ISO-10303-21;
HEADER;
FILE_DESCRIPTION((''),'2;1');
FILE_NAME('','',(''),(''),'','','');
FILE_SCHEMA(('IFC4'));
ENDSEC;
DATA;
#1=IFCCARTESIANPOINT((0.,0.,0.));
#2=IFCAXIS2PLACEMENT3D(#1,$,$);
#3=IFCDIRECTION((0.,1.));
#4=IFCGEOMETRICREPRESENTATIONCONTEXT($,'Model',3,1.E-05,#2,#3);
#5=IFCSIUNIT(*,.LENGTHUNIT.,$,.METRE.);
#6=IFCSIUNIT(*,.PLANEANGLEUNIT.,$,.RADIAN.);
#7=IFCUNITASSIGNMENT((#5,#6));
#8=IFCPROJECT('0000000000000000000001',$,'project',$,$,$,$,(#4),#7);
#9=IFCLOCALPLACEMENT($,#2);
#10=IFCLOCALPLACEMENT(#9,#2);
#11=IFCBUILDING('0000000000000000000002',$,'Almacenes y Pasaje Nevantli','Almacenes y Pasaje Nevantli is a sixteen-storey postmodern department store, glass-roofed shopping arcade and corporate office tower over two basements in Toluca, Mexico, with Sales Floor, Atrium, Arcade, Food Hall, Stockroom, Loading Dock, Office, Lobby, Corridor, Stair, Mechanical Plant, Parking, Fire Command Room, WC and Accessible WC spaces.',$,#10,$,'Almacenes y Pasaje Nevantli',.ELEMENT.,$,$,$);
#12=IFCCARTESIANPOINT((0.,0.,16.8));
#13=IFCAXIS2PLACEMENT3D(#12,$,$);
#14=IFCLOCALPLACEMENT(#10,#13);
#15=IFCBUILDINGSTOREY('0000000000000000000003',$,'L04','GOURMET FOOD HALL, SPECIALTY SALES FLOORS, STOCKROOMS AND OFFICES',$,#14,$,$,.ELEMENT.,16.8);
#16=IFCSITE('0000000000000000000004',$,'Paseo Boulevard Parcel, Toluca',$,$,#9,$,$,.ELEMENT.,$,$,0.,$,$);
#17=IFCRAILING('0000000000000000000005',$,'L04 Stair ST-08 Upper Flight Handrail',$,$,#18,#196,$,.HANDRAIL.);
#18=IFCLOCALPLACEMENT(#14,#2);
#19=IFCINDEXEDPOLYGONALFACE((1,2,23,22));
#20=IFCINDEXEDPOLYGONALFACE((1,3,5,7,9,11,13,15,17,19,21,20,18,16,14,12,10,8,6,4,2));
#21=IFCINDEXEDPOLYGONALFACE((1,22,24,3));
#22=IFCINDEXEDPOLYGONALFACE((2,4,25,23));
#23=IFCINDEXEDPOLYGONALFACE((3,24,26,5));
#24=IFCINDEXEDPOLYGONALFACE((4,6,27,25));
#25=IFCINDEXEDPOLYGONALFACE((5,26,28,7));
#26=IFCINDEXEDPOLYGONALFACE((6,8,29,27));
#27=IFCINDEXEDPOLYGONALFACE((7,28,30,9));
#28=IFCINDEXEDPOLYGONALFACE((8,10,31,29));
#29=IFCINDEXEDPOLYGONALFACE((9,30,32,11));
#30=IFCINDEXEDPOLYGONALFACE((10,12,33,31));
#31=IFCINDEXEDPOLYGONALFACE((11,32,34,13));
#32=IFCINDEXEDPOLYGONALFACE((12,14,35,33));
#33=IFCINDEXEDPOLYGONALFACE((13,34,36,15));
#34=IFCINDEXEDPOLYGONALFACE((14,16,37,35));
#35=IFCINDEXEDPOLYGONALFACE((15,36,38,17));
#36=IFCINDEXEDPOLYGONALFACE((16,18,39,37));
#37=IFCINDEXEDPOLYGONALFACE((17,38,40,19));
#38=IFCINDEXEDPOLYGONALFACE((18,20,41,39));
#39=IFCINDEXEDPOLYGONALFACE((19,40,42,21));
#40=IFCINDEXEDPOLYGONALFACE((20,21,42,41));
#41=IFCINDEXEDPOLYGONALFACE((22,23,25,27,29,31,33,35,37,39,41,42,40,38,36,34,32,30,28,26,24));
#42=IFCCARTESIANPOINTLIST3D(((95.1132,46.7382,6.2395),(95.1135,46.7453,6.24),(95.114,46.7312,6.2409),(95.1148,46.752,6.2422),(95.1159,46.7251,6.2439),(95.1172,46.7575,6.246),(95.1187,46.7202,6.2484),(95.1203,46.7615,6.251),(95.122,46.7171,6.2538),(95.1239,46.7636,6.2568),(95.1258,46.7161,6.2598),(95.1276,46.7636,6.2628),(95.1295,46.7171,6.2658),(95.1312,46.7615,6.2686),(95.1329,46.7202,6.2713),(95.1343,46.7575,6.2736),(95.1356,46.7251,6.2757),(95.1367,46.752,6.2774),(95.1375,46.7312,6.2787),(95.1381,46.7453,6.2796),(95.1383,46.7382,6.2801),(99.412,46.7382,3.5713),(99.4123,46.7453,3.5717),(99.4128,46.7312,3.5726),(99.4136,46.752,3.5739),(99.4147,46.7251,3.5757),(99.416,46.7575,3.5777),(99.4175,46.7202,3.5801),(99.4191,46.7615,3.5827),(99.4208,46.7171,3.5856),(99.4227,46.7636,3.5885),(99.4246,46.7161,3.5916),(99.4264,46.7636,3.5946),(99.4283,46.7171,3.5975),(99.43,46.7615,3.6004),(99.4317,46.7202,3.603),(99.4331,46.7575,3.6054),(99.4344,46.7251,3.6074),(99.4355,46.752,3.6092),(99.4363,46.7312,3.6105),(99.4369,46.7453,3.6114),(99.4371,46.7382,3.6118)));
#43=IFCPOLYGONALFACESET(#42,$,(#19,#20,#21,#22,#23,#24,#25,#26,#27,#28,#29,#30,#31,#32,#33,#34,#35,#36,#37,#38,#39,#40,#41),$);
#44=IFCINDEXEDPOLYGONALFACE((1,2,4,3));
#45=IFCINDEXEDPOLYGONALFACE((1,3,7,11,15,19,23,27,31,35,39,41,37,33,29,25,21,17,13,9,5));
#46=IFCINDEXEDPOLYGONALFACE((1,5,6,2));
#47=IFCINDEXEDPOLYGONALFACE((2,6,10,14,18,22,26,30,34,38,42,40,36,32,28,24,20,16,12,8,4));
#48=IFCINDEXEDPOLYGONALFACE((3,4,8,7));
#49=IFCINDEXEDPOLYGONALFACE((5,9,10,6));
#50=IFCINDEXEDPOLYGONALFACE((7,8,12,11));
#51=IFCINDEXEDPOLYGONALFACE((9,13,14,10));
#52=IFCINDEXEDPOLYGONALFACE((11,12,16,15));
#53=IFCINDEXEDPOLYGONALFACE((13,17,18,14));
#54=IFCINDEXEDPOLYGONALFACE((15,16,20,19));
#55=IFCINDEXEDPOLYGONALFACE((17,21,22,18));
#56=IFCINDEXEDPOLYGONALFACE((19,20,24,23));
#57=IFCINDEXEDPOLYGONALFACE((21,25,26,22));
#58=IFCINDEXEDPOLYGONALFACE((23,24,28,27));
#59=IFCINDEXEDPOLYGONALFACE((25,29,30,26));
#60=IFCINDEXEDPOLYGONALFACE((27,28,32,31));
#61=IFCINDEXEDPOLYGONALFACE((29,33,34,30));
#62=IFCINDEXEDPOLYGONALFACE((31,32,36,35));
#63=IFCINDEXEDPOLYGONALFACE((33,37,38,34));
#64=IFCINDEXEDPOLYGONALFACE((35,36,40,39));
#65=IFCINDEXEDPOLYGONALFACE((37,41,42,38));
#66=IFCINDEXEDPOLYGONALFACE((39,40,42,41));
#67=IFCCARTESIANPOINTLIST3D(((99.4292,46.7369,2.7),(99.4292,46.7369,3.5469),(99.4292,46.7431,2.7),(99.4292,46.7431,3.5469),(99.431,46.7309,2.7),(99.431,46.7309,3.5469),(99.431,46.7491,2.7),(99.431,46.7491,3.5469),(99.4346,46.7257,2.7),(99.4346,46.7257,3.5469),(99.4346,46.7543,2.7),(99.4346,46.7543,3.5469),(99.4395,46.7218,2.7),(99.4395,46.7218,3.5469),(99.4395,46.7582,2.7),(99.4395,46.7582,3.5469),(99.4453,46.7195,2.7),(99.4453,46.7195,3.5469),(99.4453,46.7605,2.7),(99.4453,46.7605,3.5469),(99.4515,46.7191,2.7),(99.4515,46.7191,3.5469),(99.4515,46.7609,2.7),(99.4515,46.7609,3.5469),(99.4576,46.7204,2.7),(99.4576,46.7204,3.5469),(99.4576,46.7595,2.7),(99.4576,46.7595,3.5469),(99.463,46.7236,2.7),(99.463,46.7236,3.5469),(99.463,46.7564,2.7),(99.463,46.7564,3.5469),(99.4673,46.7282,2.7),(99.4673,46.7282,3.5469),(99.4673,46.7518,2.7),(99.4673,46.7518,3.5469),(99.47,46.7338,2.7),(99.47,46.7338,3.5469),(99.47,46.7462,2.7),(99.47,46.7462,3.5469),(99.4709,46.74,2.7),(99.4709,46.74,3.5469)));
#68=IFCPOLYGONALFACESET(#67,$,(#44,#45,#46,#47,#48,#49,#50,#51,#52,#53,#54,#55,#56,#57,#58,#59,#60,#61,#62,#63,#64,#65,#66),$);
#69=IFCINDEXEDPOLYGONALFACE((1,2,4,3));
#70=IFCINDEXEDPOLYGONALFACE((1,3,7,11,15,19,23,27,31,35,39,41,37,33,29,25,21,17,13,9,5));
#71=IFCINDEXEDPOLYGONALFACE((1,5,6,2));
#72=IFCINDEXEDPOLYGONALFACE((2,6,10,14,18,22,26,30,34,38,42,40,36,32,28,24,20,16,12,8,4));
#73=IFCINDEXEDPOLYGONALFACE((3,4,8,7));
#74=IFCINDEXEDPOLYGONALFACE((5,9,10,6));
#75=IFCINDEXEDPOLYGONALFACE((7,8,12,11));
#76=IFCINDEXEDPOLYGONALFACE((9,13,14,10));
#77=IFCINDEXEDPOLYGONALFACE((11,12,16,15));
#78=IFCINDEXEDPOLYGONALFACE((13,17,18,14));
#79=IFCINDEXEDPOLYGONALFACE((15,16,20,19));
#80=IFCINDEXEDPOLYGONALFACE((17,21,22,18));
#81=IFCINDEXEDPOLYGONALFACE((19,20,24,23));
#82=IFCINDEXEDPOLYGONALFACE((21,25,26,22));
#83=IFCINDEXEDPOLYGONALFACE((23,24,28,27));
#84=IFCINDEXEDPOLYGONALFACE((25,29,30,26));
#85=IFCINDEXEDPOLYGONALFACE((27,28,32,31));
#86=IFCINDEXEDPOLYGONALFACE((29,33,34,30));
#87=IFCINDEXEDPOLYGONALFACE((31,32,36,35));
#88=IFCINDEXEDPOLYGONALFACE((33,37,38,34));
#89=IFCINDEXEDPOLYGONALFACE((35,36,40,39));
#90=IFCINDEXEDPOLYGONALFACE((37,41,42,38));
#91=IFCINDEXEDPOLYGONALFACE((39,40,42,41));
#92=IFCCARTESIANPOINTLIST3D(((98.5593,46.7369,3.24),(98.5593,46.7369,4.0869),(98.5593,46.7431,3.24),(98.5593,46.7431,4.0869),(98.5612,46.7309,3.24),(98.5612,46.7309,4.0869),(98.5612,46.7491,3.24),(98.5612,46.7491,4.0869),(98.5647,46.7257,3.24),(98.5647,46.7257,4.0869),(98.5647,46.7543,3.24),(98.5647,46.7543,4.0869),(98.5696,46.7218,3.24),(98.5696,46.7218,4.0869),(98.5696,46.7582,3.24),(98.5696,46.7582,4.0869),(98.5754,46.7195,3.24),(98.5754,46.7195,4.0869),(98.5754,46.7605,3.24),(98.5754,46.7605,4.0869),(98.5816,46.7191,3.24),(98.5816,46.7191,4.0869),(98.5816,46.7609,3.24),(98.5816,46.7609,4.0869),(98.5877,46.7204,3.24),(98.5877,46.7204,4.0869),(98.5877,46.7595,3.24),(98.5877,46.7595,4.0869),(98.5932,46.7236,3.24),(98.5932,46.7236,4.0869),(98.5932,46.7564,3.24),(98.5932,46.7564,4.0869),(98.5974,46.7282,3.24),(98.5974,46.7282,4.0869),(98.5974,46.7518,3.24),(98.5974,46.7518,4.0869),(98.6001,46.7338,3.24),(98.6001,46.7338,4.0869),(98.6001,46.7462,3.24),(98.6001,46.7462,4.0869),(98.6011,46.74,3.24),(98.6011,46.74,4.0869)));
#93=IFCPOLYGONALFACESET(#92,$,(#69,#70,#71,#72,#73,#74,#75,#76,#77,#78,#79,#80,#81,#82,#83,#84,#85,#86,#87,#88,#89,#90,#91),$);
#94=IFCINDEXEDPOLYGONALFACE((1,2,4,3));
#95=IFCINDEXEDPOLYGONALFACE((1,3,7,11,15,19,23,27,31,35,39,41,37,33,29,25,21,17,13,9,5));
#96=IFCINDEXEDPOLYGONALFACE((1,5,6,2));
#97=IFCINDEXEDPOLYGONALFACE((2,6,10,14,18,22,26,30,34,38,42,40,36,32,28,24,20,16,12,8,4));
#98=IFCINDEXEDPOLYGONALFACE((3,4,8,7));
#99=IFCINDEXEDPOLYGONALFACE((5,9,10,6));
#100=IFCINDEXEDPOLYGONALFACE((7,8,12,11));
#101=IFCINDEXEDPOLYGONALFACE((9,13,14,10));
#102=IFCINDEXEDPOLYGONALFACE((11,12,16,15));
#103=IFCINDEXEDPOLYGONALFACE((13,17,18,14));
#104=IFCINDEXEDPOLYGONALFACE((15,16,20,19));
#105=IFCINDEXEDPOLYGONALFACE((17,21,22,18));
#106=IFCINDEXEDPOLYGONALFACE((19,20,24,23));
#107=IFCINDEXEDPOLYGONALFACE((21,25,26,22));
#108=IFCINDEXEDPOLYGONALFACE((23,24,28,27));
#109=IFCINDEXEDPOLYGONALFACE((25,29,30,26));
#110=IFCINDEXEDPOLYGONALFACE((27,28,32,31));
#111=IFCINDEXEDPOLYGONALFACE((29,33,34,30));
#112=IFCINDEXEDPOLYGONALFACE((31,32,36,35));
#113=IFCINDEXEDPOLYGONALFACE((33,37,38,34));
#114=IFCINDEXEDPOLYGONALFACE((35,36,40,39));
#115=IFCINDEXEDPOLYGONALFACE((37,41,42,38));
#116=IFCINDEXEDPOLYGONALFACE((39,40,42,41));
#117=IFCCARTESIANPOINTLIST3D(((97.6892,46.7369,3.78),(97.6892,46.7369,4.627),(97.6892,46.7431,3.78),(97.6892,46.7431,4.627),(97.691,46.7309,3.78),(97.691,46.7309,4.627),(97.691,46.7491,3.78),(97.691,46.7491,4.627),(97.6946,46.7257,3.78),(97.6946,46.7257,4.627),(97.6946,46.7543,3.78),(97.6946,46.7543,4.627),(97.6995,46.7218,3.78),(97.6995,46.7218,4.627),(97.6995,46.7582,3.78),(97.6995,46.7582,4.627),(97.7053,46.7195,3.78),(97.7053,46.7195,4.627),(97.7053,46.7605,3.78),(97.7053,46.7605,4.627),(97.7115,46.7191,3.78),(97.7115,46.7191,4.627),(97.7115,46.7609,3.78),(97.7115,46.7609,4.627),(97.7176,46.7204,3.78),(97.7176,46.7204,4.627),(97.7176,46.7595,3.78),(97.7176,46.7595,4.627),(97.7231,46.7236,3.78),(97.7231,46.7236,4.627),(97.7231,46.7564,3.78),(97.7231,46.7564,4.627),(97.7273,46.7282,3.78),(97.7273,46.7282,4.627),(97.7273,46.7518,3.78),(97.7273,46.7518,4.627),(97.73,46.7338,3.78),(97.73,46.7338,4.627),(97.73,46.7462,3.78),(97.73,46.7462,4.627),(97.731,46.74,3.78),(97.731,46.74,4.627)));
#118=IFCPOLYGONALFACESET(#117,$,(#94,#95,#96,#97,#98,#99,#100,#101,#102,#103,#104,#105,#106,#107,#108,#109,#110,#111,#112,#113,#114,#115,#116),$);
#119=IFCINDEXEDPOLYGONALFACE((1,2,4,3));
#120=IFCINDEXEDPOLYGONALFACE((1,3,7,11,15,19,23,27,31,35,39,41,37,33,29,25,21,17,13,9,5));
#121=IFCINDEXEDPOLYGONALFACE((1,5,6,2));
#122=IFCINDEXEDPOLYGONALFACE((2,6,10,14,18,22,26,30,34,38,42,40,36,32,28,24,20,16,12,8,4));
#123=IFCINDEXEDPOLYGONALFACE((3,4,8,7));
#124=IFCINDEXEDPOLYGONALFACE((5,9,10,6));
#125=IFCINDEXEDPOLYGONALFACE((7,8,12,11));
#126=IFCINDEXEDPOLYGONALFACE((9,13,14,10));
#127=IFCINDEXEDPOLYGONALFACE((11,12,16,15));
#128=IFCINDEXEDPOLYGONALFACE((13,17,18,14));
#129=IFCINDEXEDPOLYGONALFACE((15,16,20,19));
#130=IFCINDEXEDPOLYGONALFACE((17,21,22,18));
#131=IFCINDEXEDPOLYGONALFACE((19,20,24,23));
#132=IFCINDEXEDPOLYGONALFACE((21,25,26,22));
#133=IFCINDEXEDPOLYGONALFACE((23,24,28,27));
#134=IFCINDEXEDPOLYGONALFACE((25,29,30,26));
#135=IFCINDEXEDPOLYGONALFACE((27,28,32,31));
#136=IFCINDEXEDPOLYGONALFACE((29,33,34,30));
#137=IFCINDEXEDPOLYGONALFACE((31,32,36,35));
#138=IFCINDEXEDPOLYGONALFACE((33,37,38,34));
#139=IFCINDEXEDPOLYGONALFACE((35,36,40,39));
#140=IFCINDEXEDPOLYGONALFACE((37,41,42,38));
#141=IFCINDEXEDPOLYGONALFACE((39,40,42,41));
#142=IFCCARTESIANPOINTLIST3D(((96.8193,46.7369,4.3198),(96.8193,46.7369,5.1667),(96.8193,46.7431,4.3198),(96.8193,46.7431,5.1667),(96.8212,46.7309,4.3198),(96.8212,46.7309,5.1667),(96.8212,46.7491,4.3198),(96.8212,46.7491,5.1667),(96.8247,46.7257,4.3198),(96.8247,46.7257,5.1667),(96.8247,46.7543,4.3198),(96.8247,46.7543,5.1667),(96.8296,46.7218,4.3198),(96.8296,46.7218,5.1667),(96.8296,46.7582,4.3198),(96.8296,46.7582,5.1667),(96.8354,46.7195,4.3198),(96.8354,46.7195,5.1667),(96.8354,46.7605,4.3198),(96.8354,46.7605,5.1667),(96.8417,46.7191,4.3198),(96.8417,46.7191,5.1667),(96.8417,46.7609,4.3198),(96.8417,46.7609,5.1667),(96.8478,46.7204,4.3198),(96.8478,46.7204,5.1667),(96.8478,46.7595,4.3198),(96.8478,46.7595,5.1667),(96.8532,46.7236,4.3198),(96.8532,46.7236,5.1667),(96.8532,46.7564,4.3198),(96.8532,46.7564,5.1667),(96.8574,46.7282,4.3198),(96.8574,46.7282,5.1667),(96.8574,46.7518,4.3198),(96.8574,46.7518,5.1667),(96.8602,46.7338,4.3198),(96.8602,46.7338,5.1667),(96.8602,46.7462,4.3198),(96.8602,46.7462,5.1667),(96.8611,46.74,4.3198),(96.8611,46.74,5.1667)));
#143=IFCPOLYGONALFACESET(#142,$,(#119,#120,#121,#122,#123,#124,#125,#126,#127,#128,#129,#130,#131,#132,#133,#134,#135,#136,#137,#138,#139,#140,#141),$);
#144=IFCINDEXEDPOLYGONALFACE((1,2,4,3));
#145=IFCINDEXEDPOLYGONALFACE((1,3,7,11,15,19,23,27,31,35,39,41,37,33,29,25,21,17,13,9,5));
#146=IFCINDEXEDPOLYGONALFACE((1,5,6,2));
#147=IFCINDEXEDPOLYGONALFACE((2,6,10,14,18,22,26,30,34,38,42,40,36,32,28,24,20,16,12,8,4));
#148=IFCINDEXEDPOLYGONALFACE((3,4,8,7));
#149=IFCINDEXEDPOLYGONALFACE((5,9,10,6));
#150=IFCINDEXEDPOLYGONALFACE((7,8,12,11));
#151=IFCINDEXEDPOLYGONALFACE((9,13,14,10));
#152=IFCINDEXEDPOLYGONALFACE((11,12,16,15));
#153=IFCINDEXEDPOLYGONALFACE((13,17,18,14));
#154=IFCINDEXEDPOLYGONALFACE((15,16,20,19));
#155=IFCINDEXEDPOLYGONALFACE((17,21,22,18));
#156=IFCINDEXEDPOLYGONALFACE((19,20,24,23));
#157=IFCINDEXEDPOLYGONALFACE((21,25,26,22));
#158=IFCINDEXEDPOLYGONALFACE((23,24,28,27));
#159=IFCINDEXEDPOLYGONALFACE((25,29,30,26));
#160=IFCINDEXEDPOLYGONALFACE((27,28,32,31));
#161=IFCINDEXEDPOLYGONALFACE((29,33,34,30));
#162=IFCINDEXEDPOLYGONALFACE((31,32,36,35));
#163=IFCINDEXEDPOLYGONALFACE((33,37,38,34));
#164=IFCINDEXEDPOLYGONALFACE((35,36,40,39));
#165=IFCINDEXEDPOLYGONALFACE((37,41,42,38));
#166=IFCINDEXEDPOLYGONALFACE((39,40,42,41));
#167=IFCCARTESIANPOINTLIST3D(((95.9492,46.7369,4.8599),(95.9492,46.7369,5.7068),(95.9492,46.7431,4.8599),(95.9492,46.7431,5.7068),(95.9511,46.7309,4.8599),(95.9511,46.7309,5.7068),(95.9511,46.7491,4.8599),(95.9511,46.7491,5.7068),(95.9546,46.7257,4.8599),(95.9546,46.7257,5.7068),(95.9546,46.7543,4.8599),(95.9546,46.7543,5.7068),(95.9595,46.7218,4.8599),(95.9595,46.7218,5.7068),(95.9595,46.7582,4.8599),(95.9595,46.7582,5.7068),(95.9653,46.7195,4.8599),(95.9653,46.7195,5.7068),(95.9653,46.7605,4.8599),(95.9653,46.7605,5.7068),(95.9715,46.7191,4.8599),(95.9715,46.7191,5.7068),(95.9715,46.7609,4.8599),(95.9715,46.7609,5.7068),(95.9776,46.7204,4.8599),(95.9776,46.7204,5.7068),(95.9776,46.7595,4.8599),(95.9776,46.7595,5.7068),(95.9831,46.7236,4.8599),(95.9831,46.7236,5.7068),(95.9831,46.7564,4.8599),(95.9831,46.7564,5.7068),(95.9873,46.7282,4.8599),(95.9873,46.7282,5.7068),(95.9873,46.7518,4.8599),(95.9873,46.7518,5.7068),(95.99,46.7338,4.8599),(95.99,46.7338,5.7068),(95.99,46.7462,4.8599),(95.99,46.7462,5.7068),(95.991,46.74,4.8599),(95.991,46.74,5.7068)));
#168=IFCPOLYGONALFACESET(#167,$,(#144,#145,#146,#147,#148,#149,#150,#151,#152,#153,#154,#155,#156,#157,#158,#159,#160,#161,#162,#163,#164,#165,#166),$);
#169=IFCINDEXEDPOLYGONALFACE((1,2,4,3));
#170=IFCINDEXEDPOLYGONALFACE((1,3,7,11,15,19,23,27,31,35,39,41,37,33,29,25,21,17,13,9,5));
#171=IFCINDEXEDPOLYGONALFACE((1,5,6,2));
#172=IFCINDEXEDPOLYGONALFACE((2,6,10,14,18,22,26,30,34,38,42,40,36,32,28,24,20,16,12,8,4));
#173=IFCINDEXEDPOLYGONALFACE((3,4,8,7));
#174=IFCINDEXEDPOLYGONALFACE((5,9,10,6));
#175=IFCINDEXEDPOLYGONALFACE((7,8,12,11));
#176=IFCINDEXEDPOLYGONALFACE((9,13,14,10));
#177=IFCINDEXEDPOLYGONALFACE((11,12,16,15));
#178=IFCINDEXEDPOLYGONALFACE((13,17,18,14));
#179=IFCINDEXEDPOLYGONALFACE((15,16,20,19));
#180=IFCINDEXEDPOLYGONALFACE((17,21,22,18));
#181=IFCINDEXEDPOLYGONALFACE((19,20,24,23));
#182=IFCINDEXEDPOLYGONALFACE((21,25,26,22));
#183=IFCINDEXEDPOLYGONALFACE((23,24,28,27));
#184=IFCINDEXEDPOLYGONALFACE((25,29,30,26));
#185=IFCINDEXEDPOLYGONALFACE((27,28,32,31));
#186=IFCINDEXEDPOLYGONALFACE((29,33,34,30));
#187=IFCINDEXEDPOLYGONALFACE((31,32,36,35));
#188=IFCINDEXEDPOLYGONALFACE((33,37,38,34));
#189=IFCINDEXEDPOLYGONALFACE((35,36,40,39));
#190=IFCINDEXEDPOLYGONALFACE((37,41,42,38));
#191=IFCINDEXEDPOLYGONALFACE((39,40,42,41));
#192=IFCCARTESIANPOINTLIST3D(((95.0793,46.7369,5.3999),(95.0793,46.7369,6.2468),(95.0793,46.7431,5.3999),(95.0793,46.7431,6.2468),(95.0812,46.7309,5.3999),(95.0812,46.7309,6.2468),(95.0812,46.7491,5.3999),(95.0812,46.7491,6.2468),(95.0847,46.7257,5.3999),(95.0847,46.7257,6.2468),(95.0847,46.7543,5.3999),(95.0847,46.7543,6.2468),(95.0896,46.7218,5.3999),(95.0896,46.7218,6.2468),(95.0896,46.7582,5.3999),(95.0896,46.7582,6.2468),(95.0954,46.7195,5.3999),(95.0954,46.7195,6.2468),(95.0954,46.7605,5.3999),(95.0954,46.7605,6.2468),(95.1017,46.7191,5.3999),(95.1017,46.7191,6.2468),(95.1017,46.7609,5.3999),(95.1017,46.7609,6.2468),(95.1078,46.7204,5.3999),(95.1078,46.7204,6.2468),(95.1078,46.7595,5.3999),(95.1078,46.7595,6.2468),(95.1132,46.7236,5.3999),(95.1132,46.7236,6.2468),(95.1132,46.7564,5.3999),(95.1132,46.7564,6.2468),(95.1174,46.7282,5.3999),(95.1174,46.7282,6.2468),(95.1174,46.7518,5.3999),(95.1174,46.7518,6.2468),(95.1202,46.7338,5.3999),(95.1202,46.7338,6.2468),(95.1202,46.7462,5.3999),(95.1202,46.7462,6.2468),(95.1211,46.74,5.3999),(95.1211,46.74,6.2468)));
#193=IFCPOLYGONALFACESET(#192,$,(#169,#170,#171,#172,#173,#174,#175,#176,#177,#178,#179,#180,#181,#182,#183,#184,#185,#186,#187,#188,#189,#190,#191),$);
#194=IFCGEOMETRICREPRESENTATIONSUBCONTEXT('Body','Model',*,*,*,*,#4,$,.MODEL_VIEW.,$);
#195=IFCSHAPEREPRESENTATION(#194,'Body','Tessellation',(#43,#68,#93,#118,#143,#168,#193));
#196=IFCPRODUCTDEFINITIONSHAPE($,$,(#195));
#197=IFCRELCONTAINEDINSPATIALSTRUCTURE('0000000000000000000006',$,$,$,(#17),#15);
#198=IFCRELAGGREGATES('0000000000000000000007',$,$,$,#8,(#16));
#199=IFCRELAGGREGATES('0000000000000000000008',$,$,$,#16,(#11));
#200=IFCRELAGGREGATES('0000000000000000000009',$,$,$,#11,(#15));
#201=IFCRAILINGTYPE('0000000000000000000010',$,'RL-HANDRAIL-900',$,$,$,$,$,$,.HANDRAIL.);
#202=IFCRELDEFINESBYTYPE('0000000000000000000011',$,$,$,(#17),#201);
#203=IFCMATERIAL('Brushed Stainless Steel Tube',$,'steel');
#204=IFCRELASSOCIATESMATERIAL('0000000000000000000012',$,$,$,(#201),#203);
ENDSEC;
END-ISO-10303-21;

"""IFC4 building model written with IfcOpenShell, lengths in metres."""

from ifc_helpers import new_model, si_unit, direction, frame, origin, origin_2d, place, context, subcontext, project, spatial, circle, extrude, material, type_object, element, save


model = new_model("IFC4")

# Units and contexts
model_context = context("Model", 3, precision=1e-05, world=origin(), true_north=direction((0.0, 1.0)))
body_context = subcontext(model_context, "Body", "Model", "MODEL_VIEW")
ifc_project = project(units=[si_unit("LENGTHUNIT", "METRE"), si_unit("PLANEANGLEUNIT", "RADIAN")], contexts=[model_context])

# Site, building, storey
site_placement = place(None, origin())
site = spatial("IfcSite", under=ifc_project, at=site_placement, Name="Paseo Boulevard Parcel, Toluca", CompositionType="ELEMENT", RefElevation=0.0)
building_placement = place(site_placement, origin())
building = spatial("IfcBuilding", under=site, at=building_placement, Name="Almacenes y Pasaje Nevantli", Description="Almacenes y Pasaje Nevantli is a sixteen-storey postmodern department store, glass-roofed shopping arcade and corporate office tower over two basements in Toluca, Mexico, with Sales Floor, Atrium, Arcade, Food Hall, Stockroom, Loading Dock, Office, Lobby, Corridor, Stair, Mechanical Plant, Parking, Fire Command Room, WC and Accessible WC spaces.", LongName="Almacenes y Pasaje Nevantli", CompositionType="ELEMENT")
storey_placement = place(building_placement, frame((0.0, 0.0, 16.8)))
storey = spatial("IfcBuildingStorey", under=building, at=storey_placement, Name="L04", Description="GOURMET FOOD HALL, SPECIALTY SALES FLOORS, STOCKROOMS AND OFFICES", CompositionType="ELEMENT", Elevation=16.8)

# Railing
ifc_material_1 = material(Name="Brushed Stainless Steel Tube", Category="steel")
railing_type_1 = type_object("IfcRailingType", Name="RL-HANDRAIL-900", PredefinedType="HANDRAIL", material=ifc_material_1)
railing_1_placement = place(storey_placement, frame((99.45, 46.74, 2.7)))
element("IfcRailing", 1, at=railing_1_placement, inside=storey, type_object=railing_type_1, Name="L04 Stair ST-08 Upper Flight Handrail", PredefinedType="HANDRAIL", context=body_context, shape_type="SweptSolid", body=[
    extrude(circle(Radius=0.0239, at=origin_2d()), frame((-0.0254, 0.0, 0.8916), z_axis=(-0.849636, 0.0, 0.527369), x_axis=(0.0, -1.0, 0.0)), (0.0, 0.0, 1.0), 5.0596),
    extrude(circle(Radius=0.021, at=origin_2d()), origin(), (0.0, 0.0, 1.0), 0.8469),
    extrude(circle(Radius=0.021, at=origin_2d()), frame((-0.8699, 0.0, 0.54)), (0.0, 0.0, 1.0), 0.8469),
    extrude(circle(Radius=0.021, at=origin_2d()), frame((-1.74, 0.0, 1.0801)), (0.0, 0.0, 1.0), 0.8469),
    extrude(circle(Radius=0.021, at=origin_2d()), frame((-2.6099, 0.0, 1.6199)), (0.0, 0.0, 1.0), 0.8469),
    extrude(circle(Radius=0.021, at=origin_2d()), frame((-3.48, 0.0, 2.1599)), (0.0, 0.0, 1.0), 0.8469),
    extrude(circle(Radius=0.021, at=origin_2d()), frame((-4.3499, 0.0, 2.7)), (0.0, 0.0, 1.0), 0.8469),
])

save(model, "model.ifc")
